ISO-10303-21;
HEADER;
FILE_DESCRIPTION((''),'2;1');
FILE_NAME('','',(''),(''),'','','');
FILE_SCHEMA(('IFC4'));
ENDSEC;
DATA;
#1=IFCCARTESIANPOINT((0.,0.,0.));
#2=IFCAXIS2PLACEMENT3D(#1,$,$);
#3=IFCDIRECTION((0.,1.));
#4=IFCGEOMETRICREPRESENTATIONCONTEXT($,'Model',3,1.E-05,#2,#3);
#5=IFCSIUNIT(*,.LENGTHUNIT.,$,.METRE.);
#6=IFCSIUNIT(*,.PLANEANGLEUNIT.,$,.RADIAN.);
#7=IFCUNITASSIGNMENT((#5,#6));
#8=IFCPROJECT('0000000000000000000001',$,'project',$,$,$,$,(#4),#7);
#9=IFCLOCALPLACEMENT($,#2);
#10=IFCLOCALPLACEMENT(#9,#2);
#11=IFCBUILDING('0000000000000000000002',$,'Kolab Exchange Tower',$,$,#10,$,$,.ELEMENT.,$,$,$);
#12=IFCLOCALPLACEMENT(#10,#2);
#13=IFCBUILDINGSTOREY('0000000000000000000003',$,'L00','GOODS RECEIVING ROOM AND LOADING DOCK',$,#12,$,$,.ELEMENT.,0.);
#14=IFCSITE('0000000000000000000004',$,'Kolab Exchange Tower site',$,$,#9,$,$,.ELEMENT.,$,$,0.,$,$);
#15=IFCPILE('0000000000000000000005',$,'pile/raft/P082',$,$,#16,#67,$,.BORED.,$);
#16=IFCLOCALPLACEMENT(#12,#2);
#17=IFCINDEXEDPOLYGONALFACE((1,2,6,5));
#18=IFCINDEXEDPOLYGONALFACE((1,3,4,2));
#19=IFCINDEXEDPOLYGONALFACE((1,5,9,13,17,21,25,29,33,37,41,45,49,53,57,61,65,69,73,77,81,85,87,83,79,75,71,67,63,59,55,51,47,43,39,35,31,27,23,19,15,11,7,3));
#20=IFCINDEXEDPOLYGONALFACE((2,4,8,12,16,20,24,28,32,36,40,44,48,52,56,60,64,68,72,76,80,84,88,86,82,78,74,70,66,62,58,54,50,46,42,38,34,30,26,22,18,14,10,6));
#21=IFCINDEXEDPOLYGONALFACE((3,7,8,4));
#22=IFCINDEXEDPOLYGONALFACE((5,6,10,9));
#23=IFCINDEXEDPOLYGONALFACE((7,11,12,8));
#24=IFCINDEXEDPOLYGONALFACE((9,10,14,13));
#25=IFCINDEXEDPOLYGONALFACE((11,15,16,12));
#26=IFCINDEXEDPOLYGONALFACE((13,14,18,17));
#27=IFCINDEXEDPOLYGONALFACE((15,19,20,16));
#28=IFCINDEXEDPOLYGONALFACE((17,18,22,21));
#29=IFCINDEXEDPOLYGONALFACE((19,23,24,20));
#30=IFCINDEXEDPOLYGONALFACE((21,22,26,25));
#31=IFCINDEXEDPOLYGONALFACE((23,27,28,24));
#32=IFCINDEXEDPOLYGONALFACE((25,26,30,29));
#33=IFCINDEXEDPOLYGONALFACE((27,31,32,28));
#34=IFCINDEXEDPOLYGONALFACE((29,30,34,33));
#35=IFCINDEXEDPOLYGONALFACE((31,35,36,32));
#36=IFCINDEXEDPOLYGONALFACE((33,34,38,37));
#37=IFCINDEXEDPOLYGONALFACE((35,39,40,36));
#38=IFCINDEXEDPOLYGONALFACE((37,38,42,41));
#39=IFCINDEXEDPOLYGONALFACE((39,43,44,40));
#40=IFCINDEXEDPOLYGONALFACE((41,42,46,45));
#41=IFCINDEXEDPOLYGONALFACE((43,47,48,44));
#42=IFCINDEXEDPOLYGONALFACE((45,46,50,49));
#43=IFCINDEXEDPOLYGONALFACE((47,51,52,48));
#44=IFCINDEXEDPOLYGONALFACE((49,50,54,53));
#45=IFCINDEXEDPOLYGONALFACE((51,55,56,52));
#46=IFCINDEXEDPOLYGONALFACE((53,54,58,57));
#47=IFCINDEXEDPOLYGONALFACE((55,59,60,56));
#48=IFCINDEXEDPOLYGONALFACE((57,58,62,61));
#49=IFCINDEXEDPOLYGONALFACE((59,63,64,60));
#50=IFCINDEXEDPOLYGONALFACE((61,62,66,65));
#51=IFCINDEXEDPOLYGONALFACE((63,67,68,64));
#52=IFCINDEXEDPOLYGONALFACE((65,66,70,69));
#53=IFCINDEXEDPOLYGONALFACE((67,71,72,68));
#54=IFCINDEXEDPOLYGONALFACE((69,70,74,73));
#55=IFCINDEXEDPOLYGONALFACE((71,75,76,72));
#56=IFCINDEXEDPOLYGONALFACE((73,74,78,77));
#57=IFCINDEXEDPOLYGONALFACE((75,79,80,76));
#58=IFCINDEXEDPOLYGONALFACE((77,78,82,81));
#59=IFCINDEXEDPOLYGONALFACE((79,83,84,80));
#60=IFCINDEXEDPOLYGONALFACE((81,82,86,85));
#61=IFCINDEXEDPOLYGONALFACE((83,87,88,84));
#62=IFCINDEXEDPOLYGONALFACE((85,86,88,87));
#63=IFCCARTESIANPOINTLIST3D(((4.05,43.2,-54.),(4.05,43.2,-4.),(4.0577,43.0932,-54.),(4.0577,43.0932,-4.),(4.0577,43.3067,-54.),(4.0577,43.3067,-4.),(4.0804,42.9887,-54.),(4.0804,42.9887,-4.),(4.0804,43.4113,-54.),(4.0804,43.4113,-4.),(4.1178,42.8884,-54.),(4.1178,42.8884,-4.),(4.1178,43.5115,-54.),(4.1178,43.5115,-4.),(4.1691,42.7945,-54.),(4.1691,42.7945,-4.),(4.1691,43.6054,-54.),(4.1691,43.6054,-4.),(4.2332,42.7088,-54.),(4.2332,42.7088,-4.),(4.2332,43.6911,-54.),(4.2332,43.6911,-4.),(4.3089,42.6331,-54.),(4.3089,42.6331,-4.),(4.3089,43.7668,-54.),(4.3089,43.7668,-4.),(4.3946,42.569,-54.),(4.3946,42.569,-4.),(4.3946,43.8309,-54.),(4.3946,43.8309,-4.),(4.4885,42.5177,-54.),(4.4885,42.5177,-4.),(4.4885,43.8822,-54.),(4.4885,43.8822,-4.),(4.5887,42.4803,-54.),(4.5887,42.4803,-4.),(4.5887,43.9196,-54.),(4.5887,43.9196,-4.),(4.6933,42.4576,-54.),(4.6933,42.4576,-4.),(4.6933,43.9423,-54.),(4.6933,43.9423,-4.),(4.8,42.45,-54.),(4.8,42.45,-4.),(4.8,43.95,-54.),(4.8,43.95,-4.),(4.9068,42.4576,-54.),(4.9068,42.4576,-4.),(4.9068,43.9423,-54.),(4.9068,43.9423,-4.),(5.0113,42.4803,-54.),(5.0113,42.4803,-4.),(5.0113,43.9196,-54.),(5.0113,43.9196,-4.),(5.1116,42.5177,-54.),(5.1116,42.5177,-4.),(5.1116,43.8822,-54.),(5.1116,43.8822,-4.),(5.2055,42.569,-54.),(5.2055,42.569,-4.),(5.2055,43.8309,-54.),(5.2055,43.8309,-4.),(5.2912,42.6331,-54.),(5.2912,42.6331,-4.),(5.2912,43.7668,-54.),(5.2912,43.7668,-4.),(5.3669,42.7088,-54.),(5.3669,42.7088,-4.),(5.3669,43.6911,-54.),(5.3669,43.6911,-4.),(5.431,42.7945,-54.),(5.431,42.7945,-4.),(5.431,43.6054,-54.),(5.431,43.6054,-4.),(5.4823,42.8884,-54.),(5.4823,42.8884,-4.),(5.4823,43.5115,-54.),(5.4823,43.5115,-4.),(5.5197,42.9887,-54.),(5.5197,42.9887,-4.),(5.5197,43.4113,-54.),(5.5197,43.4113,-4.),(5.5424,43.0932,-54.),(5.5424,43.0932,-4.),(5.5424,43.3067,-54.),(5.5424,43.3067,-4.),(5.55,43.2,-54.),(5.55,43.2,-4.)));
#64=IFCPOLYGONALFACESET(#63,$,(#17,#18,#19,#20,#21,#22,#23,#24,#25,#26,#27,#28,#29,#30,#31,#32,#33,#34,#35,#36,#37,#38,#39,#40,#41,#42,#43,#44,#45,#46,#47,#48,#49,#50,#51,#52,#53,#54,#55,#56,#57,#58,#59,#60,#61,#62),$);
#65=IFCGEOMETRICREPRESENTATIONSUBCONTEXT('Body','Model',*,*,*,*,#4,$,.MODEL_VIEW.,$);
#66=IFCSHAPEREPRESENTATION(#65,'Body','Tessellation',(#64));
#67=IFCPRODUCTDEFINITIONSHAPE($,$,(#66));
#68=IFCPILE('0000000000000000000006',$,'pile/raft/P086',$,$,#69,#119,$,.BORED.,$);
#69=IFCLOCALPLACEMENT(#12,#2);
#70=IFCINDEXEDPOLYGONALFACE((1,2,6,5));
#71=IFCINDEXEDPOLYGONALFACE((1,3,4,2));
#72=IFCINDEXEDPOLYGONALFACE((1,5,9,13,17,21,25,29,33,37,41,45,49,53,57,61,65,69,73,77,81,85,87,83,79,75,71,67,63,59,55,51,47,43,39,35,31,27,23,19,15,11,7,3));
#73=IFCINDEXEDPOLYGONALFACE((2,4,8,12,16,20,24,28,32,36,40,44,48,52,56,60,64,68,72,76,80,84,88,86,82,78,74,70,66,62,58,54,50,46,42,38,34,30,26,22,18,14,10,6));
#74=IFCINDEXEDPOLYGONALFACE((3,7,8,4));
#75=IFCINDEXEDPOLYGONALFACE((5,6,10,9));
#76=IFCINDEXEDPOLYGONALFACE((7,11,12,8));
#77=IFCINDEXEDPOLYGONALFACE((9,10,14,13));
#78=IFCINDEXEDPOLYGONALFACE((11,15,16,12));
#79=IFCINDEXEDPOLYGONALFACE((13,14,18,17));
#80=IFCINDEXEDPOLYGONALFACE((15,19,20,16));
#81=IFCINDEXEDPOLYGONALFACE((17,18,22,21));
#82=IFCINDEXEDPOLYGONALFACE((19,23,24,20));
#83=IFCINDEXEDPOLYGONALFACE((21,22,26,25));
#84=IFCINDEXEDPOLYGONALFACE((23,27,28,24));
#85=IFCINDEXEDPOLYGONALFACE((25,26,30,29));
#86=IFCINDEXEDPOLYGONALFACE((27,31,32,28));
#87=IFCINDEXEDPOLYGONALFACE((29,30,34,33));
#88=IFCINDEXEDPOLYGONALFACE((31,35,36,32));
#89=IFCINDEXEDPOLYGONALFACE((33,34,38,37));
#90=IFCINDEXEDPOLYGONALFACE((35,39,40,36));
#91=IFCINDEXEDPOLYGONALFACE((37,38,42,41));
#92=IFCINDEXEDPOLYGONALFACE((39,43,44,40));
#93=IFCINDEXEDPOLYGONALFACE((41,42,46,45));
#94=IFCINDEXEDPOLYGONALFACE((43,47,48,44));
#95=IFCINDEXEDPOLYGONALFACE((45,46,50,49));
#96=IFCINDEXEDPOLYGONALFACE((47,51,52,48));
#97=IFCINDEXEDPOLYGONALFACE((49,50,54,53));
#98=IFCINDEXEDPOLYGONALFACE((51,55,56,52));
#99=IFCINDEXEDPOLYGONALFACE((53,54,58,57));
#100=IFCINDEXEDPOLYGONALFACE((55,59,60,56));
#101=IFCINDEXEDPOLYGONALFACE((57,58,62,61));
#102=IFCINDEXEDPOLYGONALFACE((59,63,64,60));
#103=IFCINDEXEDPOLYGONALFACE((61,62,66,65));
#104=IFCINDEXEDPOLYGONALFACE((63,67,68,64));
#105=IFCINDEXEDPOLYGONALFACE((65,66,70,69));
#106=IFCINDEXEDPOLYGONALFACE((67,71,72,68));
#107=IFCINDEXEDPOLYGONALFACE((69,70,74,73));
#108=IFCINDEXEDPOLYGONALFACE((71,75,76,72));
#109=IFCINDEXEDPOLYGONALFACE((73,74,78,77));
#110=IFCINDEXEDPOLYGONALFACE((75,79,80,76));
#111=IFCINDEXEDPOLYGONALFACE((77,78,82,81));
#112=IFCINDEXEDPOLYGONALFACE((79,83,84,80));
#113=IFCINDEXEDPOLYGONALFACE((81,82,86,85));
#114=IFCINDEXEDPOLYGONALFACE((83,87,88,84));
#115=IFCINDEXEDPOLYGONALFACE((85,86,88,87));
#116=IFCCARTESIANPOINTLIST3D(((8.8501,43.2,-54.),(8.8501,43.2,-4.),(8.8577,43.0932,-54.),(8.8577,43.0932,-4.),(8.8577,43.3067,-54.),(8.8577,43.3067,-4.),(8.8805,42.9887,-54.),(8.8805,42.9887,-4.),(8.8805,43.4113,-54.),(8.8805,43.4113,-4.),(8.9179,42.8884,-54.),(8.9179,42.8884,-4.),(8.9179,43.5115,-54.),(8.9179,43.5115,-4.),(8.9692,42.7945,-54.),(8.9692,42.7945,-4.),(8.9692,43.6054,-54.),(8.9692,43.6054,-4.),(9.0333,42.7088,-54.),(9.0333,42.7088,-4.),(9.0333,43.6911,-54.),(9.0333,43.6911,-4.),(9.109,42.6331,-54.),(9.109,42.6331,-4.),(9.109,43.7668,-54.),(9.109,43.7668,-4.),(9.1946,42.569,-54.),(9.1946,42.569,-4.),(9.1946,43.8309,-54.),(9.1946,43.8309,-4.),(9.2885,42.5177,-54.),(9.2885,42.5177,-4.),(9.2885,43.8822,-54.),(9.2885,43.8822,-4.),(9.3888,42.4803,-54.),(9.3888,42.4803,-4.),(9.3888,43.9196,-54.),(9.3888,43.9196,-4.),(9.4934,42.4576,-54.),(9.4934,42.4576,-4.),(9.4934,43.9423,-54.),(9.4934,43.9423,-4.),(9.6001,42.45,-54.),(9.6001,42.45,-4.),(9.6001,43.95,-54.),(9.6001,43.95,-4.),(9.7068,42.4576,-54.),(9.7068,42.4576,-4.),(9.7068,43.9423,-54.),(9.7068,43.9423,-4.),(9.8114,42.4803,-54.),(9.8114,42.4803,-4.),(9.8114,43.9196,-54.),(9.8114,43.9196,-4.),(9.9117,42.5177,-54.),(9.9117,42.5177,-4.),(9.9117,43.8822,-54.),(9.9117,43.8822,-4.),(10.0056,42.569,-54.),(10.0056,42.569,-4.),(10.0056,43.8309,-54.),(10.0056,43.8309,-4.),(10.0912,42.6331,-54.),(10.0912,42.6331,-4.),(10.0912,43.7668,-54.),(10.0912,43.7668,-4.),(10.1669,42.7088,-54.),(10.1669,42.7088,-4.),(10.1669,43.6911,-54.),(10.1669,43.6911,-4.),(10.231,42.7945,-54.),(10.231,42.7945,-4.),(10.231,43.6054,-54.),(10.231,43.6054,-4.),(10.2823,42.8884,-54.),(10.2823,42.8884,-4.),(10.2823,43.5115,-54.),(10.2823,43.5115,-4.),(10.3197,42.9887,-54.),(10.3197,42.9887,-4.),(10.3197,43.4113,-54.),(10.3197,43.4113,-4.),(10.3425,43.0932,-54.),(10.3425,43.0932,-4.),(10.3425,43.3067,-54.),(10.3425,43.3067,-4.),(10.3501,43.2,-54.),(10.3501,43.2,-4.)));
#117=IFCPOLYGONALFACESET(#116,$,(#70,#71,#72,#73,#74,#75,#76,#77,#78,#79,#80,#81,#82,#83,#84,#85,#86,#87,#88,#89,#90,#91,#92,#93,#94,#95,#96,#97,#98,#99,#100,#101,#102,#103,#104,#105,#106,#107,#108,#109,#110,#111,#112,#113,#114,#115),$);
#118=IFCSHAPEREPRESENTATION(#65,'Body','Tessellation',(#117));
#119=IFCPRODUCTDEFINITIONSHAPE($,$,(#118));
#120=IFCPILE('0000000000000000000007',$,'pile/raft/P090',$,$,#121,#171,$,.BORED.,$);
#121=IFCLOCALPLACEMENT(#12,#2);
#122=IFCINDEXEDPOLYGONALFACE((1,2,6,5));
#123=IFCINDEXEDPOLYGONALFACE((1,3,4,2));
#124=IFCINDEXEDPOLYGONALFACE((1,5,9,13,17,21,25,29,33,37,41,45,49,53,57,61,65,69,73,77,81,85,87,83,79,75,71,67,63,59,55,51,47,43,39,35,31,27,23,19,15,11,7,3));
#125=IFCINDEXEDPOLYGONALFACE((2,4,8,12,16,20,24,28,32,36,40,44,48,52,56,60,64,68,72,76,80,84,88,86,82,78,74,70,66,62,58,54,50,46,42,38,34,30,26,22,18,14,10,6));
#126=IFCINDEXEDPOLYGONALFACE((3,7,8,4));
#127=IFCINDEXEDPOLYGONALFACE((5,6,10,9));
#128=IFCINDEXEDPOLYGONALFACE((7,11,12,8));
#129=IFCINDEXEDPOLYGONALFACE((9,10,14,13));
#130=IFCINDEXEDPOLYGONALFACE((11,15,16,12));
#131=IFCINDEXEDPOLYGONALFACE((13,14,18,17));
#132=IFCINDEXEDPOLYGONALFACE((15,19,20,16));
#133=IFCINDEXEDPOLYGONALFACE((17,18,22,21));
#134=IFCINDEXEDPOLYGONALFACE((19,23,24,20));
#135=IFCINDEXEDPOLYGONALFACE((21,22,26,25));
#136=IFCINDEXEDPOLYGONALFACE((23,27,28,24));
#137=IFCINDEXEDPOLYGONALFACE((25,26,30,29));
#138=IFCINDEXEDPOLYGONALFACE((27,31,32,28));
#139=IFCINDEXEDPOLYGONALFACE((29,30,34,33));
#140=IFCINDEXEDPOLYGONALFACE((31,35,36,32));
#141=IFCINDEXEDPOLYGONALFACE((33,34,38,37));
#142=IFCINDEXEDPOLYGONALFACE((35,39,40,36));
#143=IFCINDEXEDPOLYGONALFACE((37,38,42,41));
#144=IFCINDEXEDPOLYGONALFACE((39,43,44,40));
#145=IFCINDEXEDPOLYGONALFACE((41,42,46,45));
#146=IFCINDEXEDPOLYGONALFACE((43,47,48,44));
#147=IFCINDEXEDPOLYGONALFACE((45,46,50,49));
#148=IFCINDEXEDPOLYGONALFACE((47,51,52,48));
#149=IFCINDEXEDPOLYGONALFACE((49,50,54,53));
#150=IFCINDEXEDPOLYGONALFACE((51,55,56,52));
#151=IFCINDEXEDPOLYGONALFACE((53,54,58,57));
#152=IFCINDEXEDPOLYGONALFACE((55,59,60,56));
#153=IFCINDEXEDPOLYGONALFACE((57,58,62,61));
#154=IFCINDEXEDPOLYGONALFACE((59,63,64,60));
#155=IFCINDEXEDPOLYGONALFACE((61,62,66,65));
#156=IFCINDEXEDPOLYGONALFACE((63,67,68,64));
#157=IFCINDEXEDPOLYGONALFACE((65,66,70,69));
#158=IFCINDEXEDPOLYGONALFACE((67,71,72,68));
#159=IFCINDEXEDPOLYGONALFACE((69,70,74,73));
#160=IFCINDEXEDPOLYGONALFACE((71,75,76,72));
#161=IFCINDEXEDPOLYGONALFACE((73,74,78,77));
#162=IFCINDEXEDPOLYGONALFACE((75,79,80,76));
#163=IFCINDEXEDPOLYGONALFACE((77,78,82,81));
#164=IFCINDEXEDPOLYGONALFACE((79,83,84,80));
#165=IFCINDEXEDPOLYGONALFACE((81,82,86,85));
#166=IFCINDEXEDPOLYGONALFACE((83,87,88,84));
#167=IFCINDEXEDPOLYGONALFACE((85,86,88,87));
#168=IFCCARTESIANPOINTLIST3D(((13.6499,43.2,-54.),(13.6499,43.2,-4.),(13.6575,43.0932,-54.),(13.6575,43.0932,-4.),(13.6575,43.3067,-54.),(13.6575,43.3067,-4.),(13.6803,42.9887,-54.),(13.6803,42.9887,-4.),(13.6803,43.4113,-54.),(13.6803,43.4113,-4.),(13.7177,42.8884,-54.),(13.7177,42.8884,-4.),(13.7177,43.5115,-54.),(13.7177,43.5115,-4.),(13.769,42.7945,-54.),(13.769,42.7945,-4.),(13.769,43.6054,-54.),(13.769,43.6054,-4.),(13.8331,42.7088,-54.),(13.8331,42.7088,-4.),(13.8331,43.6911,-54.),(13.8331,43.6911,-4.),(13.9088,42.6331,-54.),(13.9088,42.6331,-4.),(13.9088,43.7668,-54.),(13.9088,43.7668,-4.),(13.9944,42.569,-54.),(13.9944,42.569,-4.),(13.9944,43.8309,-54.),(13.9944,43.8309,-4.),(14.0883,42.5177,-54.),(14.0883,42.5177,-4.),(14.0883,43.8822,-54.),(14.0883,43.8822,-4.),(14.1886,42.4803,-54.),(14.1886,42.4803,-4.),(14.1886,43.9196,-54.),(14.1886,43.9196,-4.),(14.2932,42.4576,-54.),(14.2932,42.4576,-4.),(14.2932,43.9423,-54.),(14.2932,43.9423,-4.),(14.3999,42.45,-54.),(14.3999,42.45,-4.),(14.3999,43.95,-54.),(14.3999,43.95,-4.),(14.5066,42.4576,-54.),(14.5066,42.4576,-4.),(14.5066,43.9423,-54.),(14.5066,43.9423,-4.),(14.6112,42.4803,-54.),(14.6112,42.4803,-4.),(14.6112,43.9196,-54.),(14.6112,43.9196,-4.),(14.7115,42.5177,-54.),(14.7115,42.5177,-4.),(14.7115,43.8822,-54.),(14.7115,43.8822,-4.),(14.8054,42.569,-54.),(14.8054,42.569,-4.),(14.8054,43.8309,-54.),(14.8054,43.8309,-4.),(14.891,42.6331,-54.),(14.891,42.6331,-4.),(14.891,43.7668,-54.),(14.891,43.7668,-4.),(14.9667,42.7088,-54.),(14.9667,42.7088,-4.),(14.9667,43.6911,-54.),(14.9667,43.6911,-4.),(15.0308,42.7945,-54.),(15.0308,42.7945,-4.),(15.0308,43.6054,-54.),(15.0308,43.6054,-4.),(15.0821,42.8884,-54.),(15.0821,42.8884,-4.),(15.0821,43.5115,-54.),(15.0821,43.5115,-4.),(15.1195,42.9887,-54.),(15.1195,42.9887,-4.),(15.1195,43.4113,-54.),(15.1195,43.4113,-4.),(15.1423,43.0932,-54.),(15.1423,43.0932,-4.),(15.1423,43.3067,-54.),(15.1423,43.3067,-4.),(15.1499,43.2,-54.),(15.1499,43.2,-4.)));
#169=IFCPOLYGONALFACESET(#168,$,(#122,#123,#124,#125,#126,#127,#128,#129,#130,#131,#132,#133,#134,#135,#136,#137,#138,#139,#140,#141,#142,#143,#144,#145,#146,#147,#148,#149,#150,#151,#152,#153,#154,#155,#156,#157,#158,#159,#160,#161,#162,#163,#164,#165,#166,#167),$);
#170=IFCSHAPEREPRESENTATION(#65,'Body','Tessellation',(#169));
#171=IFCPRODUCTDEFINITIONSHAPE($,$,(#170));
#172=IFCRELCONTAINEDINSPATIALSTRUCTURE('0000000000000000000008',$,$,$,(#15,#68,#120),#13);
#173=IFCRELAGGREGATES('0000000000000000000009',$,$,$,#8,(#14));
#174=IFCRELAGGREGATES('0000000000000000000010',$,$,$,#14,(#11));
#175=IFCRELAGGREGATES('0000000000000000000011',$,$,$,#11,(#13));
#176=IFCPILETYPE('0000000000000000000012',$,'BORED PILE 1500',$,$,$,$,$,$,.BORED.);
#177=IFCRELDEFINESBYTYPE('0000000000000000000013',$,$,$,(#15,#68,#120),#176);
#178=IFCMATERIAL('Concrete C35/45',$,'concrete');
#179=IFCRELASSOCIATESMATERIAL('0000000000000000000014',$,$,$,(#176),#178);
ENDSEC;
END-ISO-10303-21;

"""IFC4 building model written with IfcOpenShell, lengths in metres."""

from ifc_helpers import new_model, si_unit, direction, frame, origin, origin_2d, place, context, subcontext, project, spatial, circle, extrude, material, material_profile, profile_set, type_object, element, save


model = new_model("IFC4")

# Units and contexts
model_context = context("Model", 3, precision=1e-05, world=origin(), true_north=direction((0.0, 1.0)))
body_context = subcontext(model_context, "Body", "Model", "MODEL_VIEW")
ifc_project = project(units=[si_unit("LENGTHUNIT", "METRE"), si_unit("PLANEANGLEUNIT", "RADIAN")], contexts=[model_context])

# Site, building, storey
site_placement = place(None, origin())
site = spatial("IfcSite", under=ifc_project, at=site_placement, Name="Kolab Exchange Tower site", CompositionType="ELEMENT", RefElevation=0.0)
building_placement = place(site_placement, origin())
building = spatial("IfcBuilding", under=site, at=building_placement, Name="Kolab Exchange Tower", CompositionType="ELEMENT")
storey_placement = place(building_placement, origin())
storey = spatial("IfcBuildingStorey", under=building, at=storey_placement, Name="L00", Description="GOODS RECEIVING ROOM AND LOADING DOCK", CompositionType="ELEMENT", Elevation=0.0)

# Piles
ifc_material_1 = material(Name="Concrete C35/45", Category="concrete")
ifc_material_profile_1 = material_profile(ifc_material_1, circle(Radius=0.75, at=origin_2d()), Name="BP1500")
ifc_profile_set_1 = profile_set([ifc_material_profile_1], Name="Concrete C35/45")
pile_type_1 = type_object("IfcPileType", Name="BORED PILE 1500", PredefinedType="BORED", material=ifc_profile_set_1)
for number, where, z_axis, x_axis, name in (
    (1, (4.8, 43.2, -4.0), (0.0, 0.0, -1.0), (1.0, 0.0, 0.0), "pile/raft/P082"),
    (2, (9.6001, 43.2, -4.0), (0.0, 0.0, -1.0), (1.0, 0.0, 0.0), "pile/raft/P086"),
    (3, (14.3999, 43.2, -4.0), (0.0, 0.0, -1.0), (1.0, 0.0, 0.0), "pile/raft/P090"),
):
    element("IfcPile", number, at=place(storey_placement, frame(where, z_axis=z_axis, x_axis=x_axis)), inside=storey, type_object=pile_type_1, Name=name, PredefinedType="BORED", context=body_context, shape_type="SweptSolid", body=[
        extrude(circle(Radius=0.75, at=origin_2d()), origin(), (0.0, 0.0, 1.0), 50.0),
    ])

save(model, "model.ifc")
